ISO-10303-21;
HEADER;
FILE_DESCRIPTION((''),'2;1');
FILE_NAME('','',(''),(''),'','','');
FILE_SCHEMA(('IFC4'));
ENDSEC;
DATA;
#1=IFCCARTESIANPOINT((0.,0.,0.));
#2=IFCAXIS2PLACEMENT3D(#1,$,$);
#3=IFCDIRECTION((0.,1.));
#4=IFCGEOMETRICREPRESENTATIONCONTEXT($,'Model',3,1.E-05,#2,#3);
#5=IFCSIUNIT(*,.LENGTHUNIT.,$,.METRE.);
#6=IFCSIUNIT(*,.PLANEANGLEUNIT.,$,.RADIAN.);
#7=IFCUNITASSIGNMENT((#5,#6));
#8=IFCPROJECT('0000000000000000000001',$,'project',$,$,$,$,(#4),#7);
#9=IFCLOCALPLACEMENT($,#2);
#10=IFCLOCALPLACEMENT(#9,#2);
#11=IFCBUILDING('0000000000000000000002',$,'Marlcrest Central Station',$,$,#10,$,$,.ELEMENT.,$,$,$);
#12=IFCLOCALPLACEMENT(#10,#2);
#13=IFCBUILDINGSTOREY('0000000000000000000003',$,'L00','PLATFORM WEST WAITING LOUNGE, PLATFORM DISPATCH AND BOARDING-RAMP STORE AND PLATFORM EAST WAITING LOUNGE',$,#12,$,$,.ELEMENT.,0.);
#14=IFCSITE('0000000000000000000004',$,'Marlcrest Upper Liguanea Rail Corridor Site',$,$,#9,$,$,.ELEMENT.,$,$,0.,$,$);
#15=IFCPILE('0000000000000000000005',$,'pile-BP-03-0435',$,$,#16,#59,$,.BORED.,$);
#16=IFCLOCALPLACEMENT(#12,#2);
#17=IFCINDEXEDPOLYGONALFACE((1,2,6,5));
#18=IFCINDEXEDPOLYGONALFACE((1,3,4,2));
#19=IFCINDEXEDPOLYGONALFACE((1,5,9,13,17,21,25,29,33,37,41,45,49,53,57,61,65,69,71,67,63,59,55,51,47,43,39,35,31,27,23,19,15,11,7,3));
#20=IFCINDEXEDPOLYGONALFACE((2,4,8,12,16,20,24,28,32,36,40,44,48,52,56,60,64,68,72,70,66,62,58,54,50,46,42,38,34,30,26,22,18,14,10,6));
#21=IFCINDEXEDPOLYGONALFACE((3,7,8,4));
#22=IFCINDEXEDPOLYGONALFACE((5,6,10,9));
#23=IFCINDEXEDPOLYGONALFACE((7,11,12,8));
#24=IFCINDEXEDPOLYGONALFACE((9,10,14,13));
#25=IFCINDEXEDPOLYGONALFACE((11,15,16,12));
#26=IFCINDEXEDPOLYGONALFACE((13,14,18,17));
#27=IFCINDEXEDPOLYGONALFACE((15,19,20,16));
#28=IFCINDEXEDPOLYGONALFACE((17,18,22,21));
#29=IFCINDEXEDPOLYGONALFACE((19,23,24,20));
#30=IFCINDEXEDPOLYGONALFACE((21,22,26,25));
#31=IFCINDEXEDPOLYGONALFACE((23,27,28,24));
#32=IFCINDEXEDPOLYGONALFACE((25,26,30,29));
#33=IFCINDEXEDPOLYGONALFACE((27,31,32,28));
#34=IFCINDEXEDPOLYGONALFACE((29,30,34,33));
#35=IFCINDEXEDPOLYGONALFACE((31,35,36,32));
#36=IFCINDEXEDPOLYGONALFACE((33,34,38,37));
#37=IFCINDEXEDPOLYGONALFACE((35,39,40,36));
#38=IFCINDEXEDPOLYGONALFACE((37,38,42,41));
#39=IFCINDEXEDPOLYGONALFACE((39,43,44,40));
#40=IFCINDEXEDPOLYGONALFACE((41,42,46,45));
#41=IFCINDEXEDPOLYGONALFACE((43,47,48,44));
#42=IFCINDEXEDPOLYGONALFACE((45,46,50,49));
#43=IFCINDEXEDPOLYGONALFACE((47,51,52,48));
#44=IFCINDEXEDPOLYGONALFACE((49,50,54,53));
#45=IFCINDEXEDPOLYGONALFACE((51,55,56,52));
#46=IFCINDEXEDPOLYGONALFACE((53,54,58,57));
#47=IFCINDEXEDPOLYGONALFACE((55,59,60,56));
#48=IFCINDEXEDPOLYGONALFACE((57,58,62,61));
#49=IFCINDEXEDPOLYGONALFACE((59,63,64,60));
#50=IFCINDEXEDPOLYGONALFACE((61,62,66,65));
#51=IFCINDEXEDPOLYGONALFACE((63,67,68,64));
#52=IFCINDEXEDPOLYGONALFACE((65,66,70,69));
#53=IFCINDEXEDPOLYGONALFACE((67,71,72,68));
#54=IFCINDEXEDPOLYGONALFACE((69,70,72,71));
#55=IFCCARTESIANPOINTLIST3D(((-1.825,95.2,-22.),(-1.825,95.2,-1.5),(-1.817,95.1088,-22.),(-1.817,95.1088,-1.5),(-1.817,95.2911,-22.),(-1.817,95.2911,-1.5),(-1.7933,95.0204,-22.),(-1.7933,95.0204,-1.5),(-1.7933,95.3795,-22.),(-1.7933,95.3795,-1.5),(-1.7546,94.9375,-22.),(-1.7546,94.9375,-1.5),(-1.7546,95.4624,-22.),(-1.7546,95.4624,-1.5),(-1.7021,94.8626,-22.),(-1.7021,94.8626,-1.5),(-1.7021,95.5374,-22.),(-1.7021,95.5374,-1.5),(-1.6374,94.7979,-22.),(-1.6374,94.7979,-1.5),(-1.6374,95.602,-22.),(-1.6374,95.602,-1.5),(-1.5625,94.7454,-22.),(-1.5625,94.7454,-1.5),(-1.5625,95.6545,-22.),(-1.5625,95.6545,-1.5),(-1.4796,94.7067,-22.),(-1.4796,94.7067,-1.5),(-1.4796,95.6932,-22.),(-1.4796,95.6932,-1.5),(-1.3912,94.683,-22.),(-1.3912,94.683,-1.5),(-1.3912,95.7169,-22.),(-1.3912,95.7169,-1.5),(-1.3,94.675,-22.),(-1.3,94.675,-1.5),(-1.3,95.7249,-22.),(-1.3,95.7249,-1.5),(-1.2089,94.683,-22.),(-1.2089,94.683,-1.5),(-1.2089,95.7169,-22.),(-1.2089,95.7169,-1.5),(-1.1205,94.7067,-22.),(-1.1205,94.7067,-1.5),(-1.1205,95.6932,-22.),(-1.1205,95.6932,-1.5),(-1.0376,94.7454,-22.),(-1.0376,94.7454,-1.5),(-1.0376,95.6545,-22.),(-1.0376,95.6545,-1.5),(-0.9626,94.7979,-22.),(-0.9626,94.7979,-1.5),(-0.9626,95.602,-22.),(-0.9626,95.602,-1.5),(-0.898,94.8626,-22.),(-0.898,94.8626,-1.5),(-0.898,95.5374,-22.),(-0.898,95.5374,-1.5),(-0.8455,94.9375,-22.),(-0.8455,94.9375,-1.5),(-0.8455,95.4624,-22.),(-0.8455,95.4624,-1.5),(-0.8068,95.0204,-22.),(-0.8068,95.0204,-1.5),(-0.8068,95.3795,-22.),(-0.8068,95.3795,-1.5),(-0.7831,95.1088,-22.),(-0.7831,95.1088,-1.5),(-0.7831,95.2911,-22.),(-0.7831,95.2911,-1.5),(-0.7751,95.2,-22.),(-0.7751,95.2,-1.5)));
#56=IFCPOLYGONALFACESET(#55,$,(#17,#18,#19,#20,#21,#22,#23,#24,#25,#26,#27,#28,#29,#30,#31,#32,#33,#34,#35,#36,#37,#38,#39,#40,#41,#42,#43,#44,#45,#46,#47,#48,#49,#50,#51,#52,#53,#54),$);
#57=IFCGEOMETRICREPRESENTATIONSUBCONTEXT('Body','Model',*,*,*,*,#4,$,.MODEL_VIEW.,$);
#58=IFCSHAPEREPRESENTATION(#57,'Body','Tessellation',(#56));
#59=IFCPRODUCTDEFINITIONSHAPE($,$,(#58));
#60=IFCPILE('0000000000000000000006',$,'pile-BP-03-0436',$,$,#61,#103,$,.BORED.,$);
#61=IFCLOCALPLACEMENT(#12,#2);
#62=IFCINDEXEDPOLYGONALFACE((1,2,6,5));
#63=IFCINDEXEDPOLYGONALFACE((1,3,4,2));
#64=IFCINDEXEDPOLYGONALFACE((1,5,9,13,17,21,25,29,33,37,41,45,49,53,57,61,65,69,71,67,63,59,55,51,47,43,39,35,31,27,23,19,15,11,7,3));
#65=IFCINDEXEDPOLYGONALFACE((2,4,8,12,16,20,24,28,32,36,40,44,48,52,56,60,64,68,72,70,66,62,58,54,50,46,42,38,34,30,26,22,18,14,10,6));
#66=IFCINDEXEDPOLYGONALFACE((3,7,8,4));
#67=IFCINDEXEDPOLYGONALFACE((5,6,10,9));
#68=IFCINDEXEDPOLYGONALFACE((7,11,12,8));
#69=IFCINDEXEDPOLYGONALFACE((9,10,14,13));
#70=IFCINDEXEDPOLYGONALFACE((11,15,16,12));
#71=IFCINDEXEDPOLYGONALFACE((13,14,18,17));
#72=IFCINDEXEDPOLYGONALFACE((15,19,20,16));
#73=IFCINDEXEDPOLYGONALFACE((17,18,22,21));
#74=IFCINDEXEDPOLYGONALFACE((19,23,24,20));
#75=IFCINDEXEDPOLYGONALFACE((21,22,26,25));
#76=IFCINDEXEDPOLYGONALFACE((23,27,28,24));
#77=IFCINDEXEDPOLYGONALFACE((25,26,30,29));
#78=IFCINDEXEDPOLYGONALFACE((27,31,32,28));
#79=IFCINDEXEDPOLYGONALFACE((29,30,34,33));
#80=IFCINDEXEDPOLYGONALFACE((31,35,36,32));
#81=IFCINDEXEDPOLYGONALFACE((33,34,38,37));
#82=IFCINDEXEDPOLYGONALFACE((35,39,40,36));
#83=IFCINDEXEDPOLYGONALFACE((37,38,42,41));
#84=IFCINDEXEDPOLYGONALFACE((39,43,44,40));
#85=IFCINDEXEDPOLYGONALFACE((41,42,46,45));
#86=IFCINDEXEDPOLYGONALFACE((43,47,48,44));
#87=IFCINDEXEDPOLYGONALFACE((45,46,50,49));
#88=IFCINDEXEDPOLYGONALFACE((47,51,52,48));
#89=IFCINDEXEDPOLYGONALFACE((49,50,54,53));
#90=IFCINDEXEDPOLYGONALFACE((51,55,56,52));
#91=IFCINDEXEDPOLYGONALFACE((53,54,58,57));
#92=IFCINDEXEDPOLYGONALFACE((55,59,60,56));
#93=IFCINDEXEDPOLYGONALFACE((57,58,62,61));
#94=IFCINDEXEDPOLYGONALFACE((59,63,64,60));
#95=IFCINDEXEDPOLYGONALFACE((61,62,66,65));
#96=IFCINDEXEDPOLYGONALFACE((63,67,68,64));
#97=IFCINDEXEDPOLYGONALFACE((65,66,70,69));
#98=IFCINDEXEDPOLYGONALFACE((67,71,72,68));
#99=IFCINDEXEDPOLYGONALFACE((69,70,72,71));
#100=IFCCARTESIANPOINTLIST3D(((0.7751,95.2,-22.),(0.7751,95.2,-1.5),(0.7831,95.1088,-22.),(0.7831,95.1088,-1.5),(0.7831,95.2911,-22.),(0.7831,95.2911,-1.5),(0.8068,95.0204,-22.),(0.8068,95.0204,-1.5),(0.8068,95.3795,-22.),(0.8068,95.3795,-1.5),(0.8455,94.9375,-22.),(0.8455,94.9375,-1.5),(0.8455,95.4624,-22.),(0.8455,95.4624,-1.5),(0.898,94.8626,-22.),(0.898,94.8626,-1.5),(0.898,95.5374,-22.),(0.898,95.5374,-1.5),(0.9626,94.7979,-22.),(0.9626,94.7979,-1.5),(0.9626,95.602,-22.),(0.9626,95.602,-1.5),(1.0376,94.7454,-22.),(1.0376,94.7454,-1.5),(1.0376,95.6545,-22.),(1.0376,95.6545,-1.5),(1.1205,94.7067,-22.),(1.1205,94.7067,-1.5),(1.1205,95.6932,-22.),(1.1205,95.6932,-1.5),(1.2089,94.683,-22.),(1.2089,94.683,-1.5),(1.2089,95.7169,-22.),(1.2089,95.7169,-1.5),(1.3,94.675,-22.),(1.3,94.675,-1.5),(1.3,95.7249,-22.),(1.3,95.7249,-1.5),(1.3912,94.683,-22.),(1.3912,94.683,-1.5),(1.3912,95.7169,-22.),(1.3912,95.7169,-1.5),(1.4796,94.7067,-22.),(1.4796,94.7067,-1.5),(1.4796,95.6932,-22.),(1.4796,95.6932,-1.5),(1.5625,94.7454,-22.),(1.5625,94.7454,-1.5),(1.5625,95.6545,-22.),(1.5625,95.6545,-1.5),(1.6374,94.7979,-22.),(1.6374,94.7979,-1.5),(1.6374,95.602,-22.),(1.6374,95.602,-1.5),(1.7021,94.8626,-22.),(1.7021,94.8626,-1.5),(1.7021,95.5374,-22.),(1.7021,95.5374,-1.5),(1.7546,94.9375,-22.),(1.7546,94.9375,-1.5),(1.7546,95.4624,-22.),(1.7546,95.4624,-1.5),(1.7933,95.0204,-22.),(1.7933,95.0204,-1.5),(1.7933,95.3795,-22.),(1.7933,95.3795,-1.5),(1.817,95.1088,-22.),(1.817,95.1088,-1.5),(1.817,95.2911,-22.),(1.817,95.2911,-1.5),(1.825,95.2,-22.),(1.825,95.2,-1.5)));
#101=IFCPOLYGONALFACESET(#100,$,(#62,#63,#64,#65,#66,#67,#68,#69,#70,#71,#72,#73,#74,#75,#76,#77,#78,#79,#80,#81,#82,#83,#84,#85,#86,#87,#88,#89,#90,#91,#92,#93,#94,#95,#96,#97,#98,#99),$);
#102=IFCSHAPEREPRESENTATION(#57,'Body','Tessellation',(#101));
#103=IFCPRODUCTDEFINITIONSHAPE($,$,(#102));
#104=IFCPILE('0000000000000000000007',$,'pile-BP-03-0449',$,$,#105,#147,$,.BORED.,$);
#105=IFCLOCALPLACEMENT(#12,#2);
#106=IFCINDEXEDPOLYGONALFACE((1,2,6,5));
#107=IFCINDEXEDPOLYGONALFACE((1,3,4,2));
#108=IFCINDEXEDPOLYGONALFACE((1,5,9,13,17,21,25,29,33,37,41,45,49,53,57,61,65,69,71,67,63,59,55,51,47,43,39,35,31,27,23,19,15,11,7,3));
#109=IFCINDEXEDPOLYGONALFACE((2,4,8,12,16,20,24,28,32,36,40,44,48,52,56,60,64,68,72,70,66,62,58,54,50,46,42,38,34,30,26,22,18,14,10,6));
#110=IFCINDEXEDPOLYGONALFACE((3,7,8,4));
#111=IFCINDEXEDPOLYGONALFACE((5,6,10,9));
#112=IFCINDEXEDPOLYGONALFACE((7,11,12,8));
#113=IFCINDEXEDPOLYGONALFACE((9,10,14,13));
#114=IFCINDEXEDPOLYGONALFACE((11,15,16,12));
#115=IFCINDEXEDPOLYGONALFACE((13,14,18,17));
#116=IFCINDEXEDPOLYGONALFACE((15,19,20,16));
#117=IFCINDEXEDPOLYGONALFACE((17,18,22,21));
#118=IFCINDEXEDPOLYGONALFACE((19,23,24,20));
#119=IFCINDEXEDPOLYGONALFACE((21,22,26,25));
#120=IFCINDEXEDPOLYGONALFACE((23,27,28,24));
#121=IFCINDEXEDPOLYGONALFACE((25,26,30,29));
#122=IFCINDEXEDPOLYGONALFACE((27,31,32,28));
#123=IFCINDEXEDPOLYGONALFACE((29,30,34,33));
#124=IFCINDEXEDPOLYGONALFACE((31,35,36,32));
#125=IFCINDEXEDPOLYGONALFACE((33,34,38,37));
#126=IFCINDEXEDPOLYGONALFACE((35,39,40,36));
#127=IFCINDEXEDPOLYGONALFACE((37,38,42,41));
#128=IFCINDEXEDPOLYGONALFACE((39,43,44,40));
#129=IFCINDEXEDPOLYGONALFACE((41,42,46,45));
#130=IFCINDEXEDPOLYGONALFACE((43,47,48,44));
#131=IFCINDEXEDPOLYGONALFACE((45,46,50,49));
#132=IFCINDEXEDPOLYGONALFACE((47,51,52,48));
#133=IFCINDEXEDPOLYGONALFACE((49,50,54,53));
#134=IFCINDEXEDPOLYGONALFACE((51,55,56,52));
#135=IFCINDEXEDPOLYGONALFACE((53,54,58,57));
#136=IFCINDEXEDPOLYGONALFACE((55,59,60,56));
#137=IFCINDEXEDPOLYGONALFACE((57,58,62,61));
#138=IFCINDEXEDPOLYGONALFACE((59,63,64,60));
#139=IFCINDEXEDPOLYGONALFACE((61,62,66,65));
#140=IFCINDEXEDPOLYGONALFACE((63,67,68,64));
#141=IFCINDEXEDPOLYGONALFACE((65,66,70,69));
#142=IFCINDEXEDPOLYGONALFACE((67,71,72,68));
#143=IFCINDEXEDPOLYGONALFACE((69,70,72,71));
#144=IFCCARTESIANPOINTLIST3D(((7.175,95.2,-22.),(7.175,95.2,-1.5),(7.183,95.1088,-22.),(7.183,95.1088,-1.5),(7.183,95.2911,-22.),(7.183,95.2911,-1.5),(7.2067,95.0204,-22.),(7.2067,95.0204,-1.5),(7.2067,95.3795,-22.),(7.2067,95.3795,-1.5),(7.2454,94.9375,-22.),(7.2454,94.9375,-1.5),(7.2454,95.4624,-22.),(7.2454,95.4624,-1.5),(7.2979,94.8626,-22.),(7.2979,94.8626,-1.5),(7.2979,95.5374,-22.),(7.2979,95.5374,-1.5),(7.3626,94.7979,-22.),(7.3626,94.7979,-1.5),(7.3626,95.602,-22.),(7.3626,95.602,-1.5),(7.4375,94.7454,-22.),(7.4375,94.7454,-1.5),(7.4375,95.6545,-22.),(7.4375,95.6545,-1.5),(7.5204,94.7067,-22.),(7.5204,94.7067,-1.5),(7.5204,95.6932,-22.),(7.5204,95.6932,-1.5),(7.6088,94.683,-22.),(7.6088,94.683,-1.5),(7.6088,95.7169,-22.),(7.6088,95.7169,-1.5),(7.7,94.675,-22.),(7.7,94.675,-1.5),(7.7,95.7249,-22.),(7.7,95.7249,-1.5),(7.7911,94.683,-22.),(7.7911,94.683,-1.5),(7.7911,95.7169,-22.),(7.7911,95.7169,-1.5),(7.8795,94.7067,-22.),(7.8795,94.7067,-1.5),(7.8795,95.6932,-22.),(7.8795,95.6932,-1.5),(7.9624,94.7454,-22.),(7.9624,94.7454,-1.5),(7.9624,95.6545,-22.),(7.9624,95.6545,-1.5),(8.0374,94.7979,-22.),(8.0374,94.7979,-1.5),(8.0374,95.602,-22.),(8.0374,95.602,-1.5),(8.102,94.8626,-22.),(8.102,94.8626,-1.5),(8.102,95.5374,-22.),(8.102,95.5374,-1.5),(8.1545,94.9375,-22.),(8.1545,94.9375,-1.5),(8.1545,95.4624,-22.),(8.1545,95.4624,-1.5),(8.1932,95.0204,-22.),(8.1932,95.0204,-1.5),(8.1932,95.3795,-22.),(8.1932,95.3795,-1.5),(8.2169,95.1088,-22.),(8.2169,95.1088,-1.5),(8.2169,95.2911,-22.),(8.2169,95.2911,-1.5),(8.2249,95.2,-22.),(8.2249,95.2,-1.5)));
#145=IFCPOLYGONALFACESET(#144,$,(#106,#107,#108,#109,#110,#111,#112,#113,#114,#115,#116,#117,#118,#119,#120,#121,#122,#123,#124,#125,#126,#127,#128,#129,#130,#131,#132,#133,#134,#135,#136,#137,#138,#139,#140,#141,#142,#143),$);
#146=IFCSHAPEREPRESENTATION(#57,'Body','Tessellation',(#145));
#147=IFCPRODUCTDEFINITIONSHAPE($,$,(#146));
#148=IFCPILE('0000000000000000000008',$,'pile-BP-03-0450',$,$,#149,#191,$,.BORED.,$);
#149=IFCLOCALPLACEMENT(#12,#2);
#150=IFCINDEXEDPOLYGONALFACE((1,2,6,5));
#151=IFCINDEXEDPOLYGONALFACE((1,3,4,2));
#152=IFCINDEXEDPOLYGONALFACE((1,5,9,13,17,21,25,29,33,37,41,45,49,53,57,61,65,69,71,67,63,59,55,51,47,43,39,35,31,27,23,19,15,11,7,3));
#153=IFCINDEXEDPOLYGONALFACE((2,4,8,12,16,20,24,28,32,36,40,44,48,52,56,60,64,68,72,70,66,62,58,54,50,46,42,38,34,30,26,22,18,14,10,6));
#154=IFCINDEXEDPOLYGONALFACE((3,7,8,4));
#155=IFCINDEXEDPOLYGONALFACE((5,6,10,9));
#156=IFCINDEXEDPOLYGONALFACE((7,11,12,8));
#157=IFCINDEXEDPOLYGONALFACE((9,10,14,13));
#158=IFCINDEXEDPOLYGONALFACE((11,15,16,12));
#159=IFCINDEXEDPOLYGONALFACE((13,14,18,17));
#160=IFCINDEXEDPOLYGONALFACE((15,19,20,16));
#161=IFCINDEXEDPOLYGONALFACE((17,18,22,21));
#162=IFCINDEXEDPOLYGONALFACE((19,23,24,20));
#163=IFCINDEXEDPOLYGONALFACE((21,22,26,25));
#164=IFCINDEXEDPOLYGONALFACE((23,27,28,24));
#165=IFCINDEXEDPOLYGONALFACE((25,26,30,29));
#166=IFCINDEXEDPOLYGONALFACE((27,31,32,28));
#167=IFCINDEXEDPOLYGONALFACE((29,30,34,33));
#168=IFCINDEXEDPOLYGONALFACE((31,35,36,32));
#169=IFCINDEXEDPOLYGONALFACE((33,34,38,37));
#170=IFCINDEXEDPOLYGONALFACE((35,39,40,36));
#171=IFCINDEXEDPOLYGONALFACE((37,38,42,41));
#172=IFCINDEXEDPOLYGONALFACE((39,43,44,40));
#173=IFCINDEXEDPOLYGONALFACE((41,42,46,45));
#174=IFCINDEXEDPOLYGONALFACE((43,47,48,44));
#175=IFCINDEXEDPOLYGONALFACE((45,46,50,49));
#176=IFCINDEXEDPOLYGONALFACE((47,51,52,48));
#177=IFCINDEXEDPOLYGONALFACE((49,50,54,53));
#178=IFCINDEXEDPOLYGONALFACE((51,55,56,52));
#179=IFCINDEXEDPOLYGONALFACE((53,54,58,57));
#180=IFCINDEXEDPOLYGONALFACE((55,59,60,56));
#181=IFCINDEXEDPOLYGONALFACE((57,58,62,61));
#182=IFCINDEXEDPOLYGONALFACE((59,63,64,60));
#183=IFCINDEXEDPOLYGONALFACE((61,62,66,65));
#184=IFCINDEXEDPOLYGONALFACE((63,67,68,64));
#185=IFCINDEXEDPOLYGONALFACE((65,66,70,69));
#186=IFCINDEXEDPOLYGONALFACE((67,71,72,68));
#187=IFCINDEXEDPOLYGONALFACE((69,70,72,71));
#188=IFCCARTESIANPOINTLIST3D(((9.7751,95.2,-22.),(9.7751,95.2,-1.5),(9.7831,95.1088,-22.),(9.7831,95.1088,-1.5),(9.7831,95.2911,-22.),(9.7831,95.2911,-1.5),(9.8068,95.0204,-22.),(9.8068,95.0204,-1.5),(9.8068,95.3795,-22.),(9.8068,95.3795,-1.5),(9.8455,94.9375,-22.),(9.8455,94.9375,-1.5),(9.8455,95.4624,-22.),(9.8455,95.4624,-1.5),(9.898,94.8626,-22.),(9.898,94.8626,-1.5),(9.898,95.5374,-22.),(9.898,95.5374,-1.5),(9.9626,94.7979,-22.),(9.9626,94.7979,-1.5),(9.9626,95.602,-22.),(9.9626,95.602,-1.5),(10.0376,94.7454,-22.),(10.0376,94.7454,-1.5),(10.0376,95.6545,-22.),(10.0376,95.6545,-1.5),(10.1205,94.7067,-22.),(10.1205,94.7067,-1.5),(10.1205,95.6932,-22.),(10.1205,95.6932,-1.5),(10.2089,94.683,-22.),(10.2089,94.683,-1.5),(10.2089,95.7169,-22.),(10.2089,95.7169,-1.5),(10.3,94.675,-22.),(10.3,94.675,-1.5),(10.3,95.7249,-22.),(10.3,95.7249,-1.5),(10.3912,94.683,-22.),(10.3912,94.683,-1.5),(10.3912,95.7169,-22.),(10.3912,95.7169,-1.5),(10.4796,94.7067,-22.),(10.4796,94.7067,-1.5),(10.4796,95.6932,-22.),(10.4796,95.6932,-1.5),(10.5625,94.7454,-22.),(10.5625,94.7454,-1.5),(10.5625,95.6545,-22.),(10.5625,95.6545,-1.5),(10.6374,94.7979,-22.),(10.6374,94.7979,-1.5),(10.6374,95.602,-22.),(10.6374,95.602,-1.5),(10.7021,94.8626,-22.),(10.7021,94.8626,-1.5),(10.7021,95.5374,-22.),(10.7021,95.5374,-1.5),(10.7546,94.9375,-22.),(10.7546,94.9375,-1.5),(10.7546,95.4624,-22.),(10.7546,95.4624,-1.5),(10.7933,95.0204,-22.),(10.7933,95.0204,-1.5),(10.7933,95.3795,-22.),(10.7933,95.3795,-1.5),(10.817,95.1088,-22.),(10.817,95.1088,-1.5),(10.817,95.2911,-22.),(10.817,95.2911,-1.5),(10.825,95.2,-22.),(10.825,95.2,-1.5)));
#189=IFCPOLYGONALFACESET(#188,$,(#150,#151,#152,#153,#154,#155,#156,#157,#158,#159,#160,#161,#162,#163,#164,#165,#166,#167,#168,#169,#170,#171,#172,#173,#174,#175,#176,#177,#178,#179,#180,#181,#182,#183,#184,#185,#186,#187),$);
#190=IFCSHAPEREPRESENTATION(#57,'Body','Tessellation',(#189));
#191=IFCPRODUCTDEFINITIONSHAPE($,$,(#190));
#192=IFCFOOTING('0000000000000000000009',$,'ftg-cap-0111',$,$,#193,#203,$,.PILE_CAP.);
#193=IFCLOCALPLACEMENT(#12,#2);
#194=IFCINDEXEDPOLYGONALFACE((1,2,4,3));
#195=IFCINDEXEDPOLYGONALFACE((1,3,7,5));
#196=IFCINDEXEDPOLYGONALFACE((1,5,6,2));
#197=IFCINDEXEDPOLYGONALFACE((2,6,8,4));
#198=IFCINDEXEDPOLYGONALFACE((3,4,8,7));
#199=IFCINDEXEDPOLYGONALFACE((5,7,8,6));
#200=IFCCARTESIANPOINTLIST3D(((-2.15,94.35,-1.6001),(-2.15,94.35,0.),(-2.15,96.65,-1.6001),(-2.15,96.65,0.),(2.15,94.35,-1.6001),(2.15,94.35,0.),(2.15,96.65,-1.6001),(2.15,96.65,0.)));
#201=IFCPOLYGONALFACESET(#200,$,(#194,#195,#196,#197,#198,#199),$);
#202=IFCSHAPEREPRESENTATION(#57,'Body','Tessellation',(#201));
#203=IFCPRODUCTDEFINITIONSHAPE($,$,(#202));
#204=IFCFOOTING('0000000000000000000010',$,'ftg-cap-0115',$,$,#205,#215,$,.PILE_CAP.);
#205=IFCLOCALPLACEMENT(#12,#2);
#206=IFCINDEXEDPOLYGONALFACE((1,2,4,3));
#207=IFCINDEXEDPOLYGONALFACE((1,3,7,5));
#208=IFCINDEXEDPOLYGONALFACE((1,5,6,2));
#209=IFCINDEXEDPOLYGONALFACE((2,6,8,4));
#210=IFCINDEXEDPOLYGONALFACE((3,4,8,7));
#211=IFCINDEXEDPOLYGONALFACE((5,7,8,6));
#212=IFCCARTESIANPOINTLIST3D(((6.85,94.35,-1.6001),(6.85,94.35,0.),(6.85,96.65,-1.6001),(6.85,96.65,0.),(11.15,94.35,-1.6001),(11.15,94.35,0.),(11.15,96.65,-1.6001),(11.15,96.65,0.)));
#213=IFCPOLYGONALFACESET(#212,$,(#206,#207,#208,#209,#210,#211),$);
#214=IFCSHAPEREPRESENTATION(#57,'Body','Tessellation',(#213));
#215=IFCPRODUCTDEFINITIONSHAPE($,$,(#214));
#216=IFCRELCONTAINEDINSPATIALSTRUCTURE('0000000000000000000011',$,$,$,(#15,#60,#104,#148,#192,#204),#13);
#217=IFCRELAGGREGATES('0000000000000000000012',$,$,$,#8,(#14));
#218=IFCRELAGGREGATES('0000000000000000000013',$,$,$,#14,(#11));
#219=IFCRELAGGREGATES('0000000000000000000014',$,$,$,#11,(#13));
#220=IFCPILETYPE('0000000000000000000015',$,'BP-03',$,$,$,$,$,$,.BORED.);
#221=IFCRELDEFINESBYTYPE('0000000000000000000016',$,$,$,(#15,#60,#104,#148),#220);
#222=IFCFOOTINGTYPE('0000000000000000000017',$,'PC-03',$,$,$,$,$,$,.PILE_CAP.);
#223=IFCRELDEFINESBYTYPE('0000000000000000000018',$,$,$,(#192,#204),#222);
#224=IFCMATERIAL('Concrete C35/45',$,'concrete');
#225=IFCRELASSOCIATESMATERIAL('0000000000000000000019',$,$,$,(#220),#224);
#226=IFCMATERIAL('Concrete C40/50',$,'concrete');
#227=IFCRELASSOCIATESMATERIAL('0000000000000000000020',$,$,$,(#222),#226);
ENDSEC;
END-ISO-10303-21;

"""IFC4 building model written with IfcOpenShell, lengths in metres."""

from ifc_helpers import new_model, si_unit, direction, frame, origin, origin_2d, place, context, subcontext, project, spatial, rectangle, circle, extrude, material, material_profile, profile_set, type_object, element, save


model = new_model("IFC4")

# Units and contexts
model_context = context("Model", 3, precision=1e-05, world=origin(), true_north=direction((0.0, 1.0)))
body_context = subcontext(model_context, "Body", "Model", "MODEL_VIEW")
ifc_project = project(units=[si_unit("LENGTHUNIT", "METRE"), si_unit("PLANEANGLEUNIT", "RADIAN")], contexts=[model_context])

# Site, building, storey
site_placement = place(None, origin())
site = spatial("IfcSite", under=ifc_project, at=site_placement, Name="Marlcrest Upper Liguanea Rail Corridor Site", CompositionType="ELEMENT", RefElevation=0.0)
building_placement = place(site_placement, origin())
building = spatial("IfcBuilding", under=site, at=building_placement, Name="Marlcrest Central Station", CompositionType="ELEMENT")
storey_placement = place(building_placement, origin())
storey = spatial("IfcBuildingStorey", under=building, at=storey_placement, Name="L00", Description="PLATFORM WEST WAITING LOUNGE, PLATFORM DISPATCH AND BOARDING-RAMP STORE AND PLATFORM EAST WAITING LOUNGE", CompositionType="ELEMENT", Elevation=0.0)

# Piles
ifc_material_1 = material(Name="Concrete C35/45", Category="concrete")
ifc_material_profile_1 = material_profile(ifc_material_1, circle(Radius=0.5249, at=origin_2d()), Name="PILE D1050")
ifc_profile_set_1 = profile_set([ifc_material_profile_1], Name="Concrete C35/45")
pile_type = type_object("IfcPileType", Name="BP-03", PredefinedType="BORED", material=ifc_profile_set_1)
for number, where, z_axis, x_axis, name in (
    (1, (-1.3, 95.2, -1.5), (0.0, 0.0, -1.0), (1.0, 0.0, 0.0), "pile-BP-03-0435"),
    (2, (1.3, 95.2, -1.5), (0.0, 0.0, -1.0), (1.0, 0.0, 0.0), "pile-BP-03-0436"),
    (3, (7.7, 95.2, -1.5), (0.0, 0.0, -1.0), (1.0, 0.0, 0.0), "pile-BP-03-0449"),
    (4, (10.3, 95.2, -1.5), (0.0, 0.0, -1.0), (1.0, 0.0, 0.0), "pile-BP-03-0450"),
):
    element("IfcPile", number, at=place(storey_placement, frame(where, z_axis=z_axis, x_axis=x_axis)), inside=storey, type_object=pile_type, Name=name, PredefinedType="BORED", context=body_context, shape_type="SweptSolid", body=[
        extrude(circle(Radius=0.5249, at=origin_2d()), origin(), (0.0, 0.0, 1.0), 20.5),
    ])

# Footings
ifc_material_2 = material(Name="Concrete C40/50", Category="concrete")
footing_type_1 = type_object("IfcFootingType", Name="PC-03", PredefinedType="PILE_CAP", material=ifc_material_2)
for number, where, z_axis, x_axis, name in (
    (5, (0.0, 95.5, -1.6001), (0.0, 0.0, 1.0), (1.0, 0.0, 0.0), "ftg-cap-0111"),
    (6, (9.0, 95.5, -1.6001), (0.0, 0.0, 1.0), (1.0, 0.0, 0.0), "ftg-cap-0115"),
):
    element("IfcFooting", number, at=place(storey_placement, frame(where, z_axis=z_axis, x_axis=x_axis)), inside=storey, type_object=footing_type_1, Name=name, PredefinedType="PILE_CAP", context=body_context, shape_type="SweptSolid", body=[
        extrude(rectangle(XDim=4.3, YDim=2.3, at=origin_2d()), origin(), (0.0, 0.0, 1.0), 1.6001),
    ])

save(model, "model.ifc")
